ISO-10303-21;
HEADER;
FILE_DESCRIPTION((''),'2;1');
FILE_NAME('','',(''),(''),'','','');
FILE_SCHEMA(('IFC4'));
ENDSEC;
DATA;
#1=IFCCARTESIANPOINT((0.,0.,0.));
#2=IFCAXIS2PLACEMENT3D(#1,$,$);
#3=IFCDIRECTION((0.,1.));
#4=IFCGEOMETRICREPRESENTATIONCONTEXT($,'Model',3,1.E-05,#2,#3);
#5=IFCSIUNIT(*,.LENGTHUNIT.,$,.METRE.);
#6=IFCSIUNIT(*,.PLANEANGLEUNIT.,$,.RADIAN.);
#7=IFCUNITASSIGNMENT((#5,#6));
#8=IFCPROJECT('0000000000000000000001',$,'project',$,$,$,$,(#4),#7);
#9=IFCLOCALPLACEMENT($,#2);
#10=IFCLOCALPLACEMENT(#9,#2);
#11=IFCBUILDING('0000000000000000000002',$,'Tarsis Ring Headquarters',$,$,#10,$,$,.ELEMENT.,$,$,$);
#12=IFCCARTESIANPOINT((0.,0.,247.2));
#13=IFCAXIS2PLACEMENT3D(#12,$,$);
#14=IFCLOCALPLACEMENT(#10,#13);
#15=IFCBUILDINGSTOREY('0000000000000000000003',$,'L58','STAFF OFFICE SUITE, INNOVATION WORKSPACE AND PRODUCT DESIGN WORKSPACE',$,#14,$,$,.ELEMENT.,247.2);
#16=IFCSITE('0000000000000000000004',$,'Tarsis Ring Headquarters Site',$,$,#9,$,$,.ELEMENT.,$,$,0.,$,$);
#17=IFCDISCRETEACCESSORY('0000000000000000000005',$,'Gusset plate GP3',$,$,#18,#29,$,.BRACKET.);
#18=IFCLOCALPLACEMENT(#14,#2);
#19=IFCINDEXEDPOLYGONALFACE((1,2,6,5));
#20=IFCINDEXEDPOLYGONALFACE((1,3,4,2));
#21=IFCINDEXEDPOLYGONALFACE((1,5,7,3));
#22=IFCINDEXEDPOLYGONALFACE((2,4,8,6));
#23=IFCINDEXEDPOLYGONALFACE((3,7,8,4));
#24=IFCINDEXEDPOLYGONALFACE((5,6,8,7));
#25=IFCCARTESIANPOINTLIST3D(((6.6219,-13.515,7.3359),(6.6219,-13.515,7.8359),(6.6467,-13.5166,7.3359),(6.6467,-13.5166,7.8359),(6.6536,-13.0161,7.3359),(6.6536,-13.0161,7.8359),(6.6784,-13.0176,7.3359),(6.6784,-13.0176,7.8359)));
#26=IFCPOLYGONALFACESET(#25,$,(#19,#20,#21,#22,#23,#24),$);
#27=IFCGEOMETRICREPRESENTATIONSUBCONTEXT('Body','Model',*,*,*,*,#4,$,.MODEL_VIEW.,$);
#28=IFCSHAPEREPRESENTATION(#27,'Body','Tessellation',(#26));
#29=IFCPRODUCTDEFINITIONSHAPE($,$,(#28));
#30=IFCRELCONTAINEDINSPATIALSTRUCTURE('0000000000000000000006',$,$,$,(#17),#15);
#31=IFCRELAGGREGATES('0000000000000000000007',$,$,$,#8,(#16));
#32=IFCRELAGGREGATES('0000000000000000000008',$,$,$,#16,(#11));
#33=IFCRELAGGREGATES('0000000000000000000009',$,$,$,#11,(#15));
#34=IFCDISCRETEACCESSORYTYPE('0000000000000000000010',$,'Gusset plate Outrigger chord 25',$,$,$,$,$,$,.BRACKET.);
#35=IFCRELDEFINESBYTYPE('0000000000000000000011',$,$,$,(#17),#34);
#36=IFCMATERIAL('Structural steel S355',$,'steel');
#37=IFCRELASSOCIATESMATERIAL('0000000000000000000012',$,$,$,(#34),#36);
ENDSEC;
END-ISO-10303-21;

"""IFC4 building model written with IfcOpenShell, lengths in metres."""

from ifc_helpers import new_model, si_unit, direction, frame, origin, origin_2d, place, context, subcontext, project, spatial, rectangle, extrude, material, material_profile, profile_set, type_object, element, save


model = new_model("IFC4")

# Units and contexts
model_context = context("Model", 3, precision=1e-05, world=origin(), true_north=direction((0.0, 1.0)))
body_context = subcontext(model_context, "Body", "Model", "MODEL_VIEW")
ifc_project = project(units=[si_unit("LENGTHUNIT", "METRE"), si_unit("PLANEANGLEUNIT", "RADIAN")], contexts=[model_context])

# Site, building, storey
site_placement = place(None, origin())
site = spatial("IfcSite", under=ifc_project, at=site_placement, Name="Tarsis Ring Headquarters Site", CompositionType="ELEMENT", RefElevation=0.0)
building_placement = place(site_placement, origin())
building = spatial("IfcBuilding", under=site, at=building_placement, Name="Tarsis Ring Headquarters", CompositionType="ELEMENT")
storey_placement = place(building_placement, frame((0.0, 0.0, 247.2)))
storey = spatial("IfcBuildingStorey", under=building, at=storey_placement, Name="L58", Description="STAFF OFFICE SUITE, INNOVATION WORKSPACE AND PRODUCT DESIGN WORKSPACE", CompositionType="ELEMENT", Elevation=247.2)

# Shared definitions
ifc_material_1 = material(Name="Structural steel S355", Category="steel")

# Discrete accessory
ifc_material_profile_1 = material_profile(ifc_material_1, rectangle(XDim=0.0249, YDim=0.5, at=origin_2d()), Name="PL 25x500")
ifc_profile_set_1 = profile_set([ifc_material_profile_1], Name="Structural steel S355")
discrete_accessory_type_1 = type_object("IfcDiscreteAccessoryType", Name="Gusset plate Outrigger chord 25", PredefinedType="BRACKET", material=ifc_profile_set_1)
for number, where, z_axis, x_axis, name in (
    (1, (6.666, -13.0168, 7.5859), (-0.063473, -0.997984, 0.0), (0.997984, -0.063473, 0.0), "Gusset plate GP3"),
):
    element("IfcDiscreteAccessory", number, at=place(storey_placement, frame(where, z_axis=z_axis, x_axis=x_axis)), inside=storey, type_object=discrete_accessory_type_1, Name=name, PredefinedType="BRACKET", context=body_context, shape_type="SweptSolid", body=[
        extrude(rectangle(XDim=0.0249, YDim=0.5, at=origin_2d()), origin(), (0.0, 0.0, 1.0), 0.5),
    ])

save(model, "model.ifc")
